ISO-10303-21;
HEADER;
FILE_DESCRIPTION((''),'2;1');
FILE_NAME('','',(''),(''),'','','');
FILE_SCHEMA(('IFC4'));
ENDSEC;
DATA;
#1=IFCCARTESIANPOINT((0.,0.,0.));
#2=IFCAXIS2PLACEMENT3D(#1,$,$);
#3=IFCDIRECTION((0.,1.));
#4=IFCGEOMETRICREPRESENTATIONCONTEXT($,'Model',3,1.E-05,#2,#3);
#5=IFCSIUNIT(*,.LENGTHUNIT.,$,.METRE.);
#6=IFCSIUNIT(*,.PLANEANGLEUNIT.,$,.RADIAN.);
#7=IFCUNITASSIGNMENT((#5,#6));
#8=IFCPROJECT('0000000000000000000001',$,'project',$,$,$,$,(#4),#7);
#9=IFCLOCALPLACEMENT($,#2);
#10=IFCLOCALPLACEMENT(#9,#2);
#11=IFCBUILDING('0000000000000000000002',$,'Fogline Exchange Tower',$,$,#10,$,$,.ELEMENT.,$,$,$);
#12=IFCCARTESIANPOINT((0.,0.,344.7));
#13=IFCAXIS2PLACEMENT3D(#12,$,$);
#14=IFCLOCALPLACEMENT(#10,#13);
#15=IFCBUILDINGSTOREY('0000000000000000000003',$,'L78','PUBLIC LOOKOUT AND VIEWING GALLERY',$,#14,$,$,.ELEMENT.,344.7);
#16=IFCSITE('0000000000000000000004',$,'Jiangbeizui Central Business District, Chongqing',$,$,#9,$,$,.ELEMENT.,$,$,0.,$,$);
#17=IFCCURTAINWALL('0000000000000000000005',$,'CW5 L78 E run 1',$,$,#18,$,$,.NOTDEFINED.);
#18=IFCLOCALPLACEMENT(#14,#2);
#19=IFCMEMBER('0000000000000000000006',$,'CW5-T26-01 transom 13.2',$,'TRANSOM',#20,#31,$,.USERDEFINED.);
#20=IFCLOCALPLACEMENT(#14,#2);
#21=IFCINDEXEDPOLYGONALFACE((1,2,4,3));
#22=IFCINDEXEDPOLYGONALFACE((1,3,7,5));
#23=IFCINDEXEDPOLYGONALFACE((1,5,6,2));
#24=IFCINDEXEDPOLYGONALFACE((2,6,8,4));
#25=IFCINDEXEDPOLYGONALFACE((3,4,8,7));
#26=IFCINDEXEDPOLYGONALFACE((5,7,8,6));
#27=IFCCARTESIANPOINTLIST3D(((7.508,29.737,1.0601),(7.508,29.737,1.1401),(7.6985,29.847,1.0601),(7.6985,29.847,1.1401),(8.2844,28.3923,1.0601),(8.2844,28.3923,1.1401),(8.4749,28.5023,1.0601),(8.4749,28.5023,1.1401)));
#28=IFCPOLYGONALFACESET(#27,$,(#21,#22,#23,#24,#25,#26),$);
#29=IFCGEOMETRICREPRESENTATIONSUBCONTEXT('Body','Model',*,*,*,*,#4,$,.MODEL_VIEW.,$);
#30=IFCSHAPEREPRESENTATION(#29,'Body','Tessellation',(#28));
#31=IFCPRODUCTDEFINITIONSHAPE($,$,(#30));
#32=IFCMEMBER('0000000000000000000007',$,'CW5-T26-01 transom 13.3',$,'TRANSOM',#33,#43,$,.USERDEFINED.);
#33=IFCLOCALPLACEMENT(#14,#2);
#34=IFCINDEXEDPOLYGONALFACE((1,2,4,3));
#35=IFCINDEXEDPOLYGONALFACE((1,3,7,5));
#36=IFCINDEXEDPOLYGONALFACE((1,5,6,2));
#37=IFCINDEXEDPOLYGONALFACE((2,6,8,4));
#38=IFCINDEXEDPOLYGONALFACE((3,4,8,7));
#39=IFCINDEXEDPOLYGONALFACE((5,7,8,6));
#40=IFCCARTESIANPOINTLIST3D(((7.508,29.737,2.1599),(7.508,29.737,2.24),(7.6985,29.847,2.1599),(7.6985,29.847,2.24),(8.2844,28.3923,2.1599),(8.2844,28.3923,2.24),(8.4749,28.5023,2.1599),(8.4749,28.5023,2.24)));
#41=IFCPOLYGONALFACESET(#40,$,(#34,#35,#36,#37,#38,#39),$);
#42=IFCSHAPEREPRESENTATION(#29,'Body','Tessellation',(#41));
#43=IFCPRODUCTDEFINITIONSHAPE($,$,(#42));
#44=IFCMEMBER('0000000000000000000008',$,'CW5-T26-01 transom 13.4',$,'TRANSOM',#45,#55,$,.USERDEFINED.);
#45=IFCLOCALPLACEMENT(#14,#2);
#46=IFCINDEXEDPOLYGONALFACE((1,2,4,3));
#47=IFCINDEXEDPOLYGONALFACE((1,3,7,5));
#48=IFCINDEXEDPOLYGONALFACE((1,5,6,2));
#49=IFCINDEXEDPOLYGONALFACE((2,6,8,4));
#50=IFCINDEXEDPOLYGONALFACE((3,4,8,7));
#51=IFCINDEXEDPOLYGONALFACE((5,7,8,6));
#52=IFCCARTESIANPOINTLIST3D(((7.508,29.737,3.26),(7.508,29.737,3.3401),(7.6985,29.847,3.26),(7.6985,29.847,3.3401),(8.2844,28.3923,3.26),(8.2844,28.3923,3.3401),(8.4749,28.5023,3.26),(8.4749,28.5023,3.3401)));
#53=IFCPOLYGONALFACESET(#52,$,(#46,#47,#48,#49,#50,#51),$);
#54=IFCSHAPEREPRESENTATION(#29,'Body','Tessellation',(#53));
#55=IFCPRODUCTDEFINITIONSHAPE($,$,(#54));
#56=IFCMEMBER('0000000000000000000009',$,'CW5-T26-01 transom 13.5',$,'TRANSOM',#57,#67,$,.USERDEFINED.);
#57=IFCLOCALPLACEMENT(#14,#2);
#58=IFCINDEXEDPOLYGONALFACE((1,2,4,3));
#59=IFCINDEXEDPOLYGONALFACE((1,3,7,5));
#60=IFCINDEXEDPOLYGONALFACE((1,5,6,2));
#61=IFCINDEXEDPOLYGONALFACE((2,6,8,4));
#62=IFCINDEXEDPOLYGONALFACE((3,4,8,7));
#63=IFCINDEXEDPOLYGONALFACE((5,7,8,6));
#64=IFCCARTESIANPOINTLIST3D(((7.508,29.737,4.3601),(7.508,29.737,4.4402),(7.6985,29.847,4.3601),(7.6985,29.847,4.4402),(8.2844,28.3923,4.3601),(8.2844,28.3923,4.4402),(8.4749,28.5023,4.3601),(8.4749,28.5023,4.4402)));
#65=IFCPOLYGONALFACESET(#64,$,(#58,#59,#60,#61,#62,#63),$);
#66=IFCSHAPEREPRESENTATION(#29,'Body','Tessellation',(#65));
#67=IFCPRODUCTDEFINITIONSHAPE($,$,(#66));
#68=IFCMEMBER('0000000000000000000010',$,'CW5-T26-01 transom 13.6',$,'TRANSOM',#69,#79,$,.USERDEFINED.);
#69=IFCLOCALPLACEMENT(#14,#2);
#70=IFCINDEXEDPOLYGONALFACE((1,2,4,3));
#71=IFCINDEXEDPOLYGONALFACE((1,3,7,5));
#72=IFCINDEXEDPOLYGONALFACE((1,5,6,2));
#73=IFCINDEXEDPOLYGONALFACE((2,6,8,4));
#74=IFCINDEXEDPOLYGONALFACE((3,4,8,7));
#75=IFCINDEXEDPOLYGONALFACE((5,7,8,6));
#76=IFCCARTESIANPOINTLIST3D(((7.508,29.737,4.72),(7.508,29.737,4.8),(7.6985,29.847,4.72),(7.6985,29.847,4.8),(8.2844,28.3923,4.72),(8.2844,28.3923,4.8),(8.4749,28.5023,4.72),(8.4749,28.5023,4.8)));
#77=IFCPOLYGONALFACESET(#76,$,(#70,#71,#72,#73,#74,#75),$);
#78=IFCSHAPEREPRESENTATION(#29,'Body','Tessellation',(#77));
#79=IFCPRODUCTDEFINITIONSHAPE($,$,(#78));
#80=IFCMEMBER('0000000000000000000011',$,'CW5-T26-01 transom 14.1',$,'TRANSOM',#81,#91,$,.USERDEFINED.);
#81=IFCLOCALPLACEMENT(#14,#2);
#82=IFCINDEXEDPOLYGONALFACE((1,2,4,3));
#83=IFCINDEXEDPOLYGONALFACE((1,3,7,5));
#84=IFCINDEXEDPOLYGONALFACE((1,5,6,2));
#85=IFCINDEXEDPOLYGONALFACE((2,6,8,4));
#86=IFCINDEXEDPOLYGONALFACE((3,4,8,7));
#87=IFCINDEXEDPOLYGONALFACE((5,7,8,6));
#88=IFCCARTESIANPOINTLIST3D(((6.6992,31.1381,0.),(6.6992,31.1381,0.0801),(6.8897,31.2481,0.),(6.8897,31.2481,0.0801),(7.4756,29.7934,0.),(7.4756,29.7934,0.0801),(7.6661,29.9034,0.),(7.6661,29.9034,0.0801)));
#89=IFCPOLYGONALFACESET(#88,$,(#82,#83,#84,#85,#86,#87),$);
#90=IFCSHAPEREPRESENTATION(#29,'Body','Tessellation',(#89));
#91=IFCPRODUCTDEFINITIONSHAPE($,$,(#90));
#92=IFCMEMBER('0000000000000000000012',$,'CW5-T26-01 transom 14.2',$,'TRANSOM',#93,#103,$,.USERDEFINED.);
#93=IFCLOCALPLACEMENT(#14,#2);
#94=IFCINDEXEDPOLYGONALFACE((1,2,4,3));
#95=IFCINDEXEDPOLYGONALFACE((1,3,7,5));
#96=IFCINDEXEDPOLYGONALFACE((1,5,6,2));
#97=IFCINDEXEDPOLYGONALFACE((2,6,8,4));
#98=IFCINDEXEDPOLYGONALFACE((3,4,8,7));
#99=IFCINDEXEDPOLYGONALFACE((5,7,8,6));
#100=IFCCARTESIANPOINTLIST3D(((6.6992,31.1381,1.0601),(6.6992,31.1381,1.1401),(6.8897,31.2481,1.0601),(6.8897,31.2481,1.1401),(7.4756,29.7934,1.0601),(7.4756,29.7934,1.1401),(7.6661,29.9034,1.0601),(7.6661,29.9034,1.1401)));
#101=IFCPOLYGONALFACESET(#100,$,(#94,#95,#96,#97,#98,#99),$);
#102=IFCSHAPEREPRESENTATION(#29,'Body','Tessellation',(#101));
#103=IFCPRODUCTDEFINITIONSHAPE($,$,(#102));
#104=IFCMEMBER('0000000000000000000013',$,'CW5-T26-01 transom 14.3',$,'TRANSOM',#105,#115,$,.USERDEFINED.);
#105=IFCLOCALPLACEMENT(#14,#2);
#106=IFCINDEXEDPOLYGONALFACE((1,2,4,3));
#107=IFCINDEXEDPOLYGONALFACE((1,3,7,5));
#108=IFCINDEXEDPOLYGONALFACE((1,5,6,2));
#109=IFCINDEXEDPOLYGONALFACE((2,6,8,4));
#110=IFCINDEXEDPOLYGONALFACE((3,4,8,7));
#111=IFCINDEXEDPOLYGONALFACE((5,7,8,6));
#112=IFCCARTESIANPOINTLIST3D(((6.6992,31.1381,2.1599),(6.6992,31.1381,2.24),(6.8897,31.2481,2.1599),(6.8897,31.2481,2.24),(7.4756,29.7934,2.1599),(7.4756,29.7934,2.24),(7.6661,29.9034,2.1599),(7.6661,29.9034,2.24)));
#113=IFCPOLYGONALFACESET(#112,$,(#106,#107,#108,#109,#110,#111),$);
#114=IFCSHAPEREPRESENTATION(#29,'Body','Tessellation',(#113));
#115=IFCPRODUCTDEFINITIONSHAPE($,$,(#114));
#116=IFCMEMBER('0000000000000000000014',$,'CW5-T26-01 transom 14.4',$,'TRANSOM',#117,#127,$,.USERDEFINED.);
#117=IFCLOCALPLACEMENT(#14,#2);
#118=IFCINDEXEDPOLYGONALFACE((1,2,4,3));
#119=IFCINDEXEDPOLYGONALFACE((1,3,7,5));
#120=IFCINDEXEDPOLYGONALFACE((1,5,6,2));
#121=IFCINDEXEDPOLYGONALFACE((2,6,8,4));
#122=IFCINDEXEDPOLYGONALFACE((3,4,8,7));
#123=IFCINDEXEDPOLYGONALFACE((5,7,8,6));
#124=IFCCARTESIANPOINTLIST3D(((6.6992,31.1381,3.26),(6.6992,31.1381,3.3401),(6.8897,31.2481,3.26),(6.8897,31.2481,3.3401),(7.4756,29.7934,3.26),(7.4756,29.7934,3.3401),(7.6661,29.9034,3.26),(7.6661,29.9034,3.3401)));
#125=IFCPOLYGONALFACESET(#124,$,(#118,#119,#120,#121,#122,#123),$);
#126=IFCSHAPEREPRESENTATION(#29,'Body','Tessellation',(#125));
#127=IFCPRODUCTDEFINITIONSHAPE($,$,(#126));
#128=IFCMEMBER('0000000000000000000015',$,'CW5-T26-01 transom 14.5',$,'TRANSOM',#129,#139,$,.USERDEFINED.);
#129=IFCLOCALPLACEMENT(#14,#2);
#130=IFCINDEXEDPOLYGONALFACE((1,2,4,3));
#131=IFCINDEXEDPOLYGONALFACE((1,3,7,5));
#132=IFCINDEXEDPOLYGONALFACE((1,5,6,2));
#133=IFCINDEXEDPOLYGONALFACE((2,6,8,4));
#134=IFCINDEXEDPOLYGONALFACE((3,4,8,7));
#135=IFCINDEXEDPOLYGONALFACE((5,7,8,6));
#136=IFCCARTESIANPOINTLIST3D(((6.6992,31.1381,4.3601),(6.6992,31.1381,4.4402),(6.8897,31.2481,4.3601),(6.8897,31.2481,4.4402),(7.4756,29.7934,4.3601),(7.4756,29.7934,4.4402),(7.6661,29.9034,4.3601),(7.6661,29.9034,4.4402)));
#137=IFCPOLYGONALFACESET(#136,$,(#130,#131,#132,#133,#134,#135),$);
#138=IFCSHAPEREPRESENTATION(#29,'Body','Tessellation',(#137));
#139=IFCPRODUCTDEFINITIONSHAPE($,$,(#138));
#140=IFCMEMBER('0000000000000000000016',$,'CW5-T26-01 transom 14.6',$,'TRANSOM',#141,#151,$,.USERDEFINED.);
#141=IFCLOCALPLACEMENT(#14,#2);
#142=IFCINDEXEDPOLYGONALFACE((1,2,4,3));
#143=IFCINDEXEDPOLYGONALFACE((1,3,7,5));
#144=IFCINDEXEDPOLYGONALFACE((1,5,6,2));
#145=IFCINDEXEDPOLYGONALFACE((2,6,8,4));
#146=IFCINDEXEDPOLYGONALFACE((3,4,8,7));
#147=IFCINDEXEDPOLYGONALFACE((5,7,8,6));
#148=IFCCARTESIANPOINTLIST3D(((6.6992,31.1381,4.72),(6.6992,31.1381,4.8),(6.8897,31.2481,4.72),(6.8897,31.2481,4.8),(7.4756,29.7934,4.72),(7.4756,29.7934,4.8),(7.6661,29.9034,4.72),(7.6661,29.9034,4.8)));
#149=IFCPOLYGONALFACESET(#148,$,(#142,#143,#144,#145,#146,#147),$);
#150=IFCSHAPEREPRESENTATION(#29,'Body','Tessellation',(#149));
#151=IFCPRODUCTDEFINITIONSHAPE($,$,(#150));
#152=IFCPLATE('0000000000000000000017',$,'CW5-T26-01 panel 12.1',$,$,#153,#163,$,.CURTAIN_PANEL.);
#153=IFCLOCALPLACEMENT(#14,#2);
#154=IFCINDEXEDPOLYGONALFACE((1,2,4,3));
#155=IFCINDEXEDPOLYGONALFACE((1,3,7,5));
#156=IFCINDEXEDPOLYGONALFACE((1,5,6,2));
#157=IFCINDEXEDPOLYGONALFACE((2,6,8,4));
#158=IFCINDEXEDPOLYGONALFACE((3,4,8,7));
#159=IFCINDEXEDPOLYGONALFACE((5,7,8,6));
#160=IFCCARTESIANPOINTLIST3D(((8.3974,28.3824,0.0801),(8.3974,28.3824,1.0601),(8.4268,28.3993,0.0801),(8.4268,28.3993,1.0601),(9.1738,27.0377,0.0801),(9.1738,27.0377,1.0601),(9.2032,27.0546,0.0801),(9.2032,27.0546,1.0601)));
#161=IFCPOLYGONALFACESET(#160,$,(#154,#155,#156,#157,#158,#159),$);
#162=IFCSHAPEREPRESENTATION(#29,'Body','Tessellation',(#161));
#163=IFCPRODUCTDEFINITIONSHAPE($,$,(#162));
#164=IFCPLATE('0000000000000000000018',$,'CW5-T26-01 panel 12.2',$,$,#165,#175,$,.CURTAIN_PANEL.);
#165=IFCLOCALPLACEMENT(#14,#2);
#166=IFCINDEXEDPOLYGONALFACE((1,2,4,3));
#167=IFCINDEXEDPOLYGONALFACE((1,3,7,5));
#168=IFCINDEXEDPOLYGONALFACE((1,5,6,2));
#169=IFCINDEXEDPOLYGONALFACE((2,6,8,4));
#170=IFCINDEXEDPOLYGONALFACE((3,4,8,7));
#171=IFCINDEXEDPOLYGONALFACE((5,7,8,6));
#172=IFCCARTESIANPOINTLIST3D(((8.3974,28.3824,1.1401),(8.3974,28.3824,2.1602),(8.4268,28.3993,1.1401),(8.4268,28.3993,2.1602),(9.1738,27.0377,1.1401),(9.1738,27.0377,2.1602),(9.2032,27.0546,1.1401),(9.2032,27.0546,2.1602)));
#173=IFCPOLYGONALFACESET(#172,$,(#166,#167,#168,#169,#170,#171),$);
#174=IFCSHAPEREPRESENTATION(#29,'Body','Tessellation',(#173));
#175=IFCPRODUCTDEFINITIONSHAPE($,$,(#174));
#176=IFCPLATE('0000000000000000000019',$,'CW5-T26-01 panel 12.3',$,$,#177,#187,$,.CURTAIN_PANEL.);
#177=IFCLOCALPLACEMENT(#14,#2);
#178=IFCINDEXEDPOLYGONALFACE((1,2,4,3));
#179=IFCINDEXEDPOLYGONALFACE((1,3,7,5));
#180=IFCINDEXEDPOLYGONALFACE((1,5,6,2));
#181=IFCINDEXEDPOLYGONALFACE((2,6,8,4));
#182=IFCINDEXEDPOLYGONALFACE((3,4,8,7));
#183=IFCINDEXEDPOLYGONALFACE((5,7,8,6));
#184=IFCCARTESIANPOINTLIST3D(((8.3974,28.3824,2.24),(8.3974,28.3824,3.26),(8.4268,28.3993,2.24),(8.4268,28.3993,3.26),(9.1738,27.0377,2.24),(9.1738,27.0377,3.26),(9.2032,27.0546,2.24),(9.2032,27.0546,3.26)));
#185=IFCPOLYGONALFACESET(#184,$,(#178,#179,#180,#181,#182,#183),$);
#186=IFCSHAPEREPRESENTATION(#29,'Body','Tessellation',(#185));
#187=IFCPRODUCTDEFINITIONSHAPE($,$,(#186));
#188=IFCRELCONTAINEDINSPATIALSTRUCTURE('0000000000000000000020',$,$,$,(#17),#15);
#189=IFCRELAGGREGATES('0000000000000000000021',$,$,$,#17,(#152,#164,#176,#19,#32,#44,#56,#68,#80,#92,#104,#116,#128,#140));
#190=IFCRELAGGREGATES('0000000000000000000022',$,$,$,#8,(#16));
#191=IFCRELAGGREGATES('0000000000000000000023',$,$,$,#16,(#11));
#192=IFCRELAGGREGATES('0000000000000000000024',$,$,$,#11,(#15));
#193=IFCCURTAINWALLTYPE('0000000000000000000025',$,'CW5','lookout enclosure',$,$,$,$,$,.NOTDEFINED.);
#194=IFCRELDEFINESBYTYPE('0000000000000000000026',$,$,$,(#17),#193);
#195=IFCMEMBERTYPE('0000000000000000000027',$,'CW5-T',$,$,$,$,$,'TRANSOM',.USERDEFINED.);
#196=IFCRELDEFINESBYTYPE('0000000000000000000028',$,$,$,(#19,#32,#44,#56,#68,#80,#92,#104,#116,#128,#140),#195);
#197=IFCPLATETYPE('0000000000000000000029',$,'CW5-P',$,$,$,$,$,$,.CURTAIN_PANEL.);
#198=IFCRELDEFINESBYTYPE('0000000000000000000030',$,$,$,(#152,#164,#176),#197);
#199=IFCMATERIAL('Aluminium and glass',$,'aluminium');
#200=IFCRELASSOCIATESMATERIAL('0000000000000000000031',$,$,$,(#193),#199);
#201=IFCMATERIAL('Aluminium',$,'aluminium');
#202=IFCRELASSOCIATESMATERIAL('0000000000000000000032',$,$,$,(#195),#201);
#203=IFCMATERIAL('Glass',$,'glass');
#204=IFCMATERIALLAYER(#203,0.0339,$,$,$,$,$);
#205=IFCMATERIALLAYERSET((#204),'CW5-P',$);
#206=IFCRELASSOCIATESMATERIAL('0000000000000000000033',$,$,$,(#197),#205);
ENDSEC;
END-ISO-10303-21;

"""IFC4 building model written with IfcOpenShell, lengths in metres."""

from ifc_helpers import new_model, si_unit, direction, frame, origin, origin_2d, place, context, subcontext, project, spatial, rectangle, extrude, material, layer, layer_set, material_profile, profile_set, type_object, element, aggregate, save


model = new_model("IFC4")

# Units and contexts
model_context = context("Model", 3, precision=1e-05, world=origin(), true_north=direction((0.0, 1.0)))
body_context = subcontext(model_context, "Body", "Model", "MODEL_VIEW")
ifc_project = project(units=[si_unit("LENGTHUNIT", "METRE"), si_unit("PLANEANGLEUNIT", "RADIAN")], contexts=[model_context])

# Site, building, storey
site_placement = place(None, origin())
site = spatial("IfcSite", under=ifc_project, at=site_placement, Name="Jiangbeizui Central Business District, Chongqing", CompositionType="ELEMENT", RefElevation=0.0)
building_placement = place(site_placement, origin())
building = spatial("IfcBuilding", under=site, at=building_placement, Name="Fogline Exchange Tower", CompositionType="ELEMENT")
storey_placement = place(building_placement, frame((0.0, 0.0, 344.7)))
storey = spatial("IfcBuildingStorey", under=building, at=storey_placement, Name="L78", Description="PUBLIC LOOKOUT AND VIEWING GALLERY", CompositionType="ELEMENT", Elevation=344.7)

# Curtain wall, members, plates
ifc_material_1 = material(Name="Aluminium and glass", Category="aluminium")
curtain_wall_type = type_object("IfcCurtainWallType", Name="CW5", Description="lookout enclosure", PredefinedType="NOTDEFINED", material=ifc_material_1)
curtain_wall_placement = place(storey_placement, origin())
curtain_wall = element("IfcCurtainWall", 1, at=curtain_wall_placement, inside=storey, type_object=curtain_wall_type, Name="CW5 L78 E run 1", PredefinedType="NOTDEFINED")
ifc_material_2 = material(Name="Aluminium", Category="aluminium")
ifc_material_profile_1 = material_profile(ifc_material_2, rectangle(XDim=0.22, YDim=0.0801, at=origin_2d()), Name="Transom 80x220")
ifc_profile_set_1 = profile_set([ifc_material_profile_1], Name="Aluminium")
member_type_1 = type_object("IfcMemberType", Name="CW5-T", ElementType="TRANSOM", PredefinedType="USERDEFINED", material=ifc_profile_set_1)
member_1_placement = place(storey_placement, frame((8.3796, 28.4473, 1.1001), z_axis=(-0.499995, 0.866028, 0.0), x_axis=(-0.866028, -0.499995, 0.0)))
member_1 = element("IfcMember", 2, at=member_1_placement, type_object=member_type_1, Name="CW5-T26-01 transom 13.2", ObjectType="TRANSOM", PredefinedType="USERDEFINED", context=body_context, shape_type="SweptSolid", body=[
    extrude(rectangle(XDim=0.22, YDim=0.0801, at=origin_2d()), origin(), (0.0, 0.0, 1.0), 1.5527),
])
member_2_placement = place(storey_placement, frame((8.3796, 28.4473, 2.2), z_axis=(-0.499995, 0.866028, 0.0), x_axis=(-0.866028, -0.499995, 0.0)))
member_2 = element("IfcMember", 3, at=member_2_placement, type_object=member_type_1, Name="CW5-T26-01 transom 13.3", ObjectType="TRANSOM", PredefinedType="USERDEFINED", context=body_context, shape_type="SweptSolid", body=[
    extrude(rectangle(XDim=0.22, YDim=0.0801, at=origin_2d()), origin(), (0.0, 0.0, 1.0), 1.5527),
])
member_3_placement = place(storey_placement, frame((8.3796, 28.4473, 3.3), z_axis=(-0.499995, 0.866028, 0.0), x_axis=(-0.866028, -0.499995, 0.0)))
member_3 = element("IfcMember", 4, at=member_3_placement, type_object=member_type_1, Name="CW5-T26-01 transom 13.4", ObjectType="TRANSOM", PredefinedType="USERDEFINED", context=body_context, shape_type="SweptSolid", body=[
    extrude(rectangle(XDim=0.22, YDim=0.0801, at=origin_2d()), origin(), (0.0, 0.0, 1.0), 1.5527),
])
member_4_placement = place(storey_placement, frame((8.3796, 28.4473, 4.4001), z_axis=(-0.499995, 0.866028, 0.0), x_axis=(-0.866028, -0.499995, 0.0)))
member_4 = element("IfcMember", 5, at=member_4_placement, type_object=member_type_1, Name="CW5-T26-01 transom 13.5", ObjectType="TRANSOM", PredefinedType="USERDEFINED", context=body_context, shape_type="SweptSolid", body=[
    extrude(rectangle(XDim=0.22, YDim=0.0801, at=origin_2d()), origin(), (0.0, 0.0, 1.0), 1.5527),
])
member_5_placement = place(storey_placement, frame((8.3796, 28.4473, 4.76), z_axis=(-0.499995, 0.866028, 0.0), x_axis=(-0.866028, -0.499995, 0.0)))
member_5 = element("IfcMember", 6, at=member_5_placement, type_object=member_type_1, Name="CW5-T26-01 transom 13.6", ObjectType="TRANSOM", PredefinedType="USERDEFINED", context=body_context, shape_type="SweptSolid", body=[
    extrude(rectangle(XDim=0.22, YDim=0.0801, at=origin_2d()), origin(), (0.0, 0.0, 1.0), 1.5527),
])
member_6_placement = place(storey_placement, frame((7.5708, 29.8484, 0.04), z_axis=(-0.499995, 0.866028, 0.0), x_axis=(-0.866028, -0.499995, 0.0)))
member_6 = element("IfcMember", 7, at=member_6_placement, type_object=member_type_1, Name="CW5-T26-01 transom 14.1", ObjectType="TRANSOM", PredefinedType="USERDEFINED", context=body_context, shape_type="SweptSolid", body=[
    extrude(rectangle(XDim=0.22, YDim=0.0801, at=origin_2d()), origin(), (0.0, 0.0, 1.0), 1.5527),
])
member_7_placement = place(storey_placement, frame((7.5708, 29.8484, 1.1001), z_axis=(-0.499995, 0.866028, 0.0), x_axis=(-0.866028, -0.499995, 0.0)))
member_7 = element("IfcMember", 8, at=member_7_placement, type_object=member_type_1, Name="CW5-T26-01 transom 14.2", ObjectType="TRANSOM", PredefinedType="USERDEFINED", context=body_context, shape_type="SweptSolid", body=[
    extrude(rectangle(XDim=0.22, YDim=0.0801, at=origin_2d()), origin(), (0.0, 0.0, 1.0), 1.5527),
])
member_8_placement = place(storey_placement, frame((7.5708, 29.8484, 2.2), z_axis=(-0.499995, 0.866028, 0.0), x_axis=(-0.866028, -0.499995, 0.0)))
member_8 = element("IfcMember", 9, at=member_8_placement, type_object=member_type_1, Name="CW5-T26-01 transom 14.3", ObjectType="TRANSOM", PredefinedType="USERDEFINED", context=body_context, shape_type="SweptSolid", body=[
    extrude(rectangle(XDim=0.22, YDim=0.0801, at=origin_2d()), origin(), (0.0, 0.0, 1.0), 1.5527),
])
member_9_placement = place(storey_placement, frame((7.5708, 29.8484, 3.3), z_axis=(-0.499995, 0.866028, 0.0), x_axis=(-0.866028, -0.499995, 0.0)))
member_9 = element("IfcMember", 10, at=member_9_placement, type_object=member_type_1, Name="CW5-T26-01 transom 14.4", ObjectType="TRANSOM", PredefinedType="USERDEFINED", context=body_context, shape_type="SweptSolid", body=[
    extrude(rectangle(XDim=0.22, YDim=0.0801, at=origin_2d()), origin(), (0.0, 0.0, 1.0), 1.5527),
])
member_10_placement = place(storey_placement, frame((7.5708, 29.8484, 4.4001), z_axis=(-0.499995, 0.866028, 0.0), x_axis=(-0.866028, -0.499995, 0.0)))
member_10 = element("IfcMember", 11, at=member_10_placement, type_object=member_type_1, Name="CW5-T26-01 transom 14.5", ObjectType="TRANSOM", PredefinedType="USERDEFINED", context=body_context, shape_type="SweptSolid", body=[
    extrude(rectangle(XDim=0.22, YDim=0.0801, at=origin_2d()), origin(), (0.0, 0.0, 1.0), 1.5527),
])
member_11_placement = place(storey_placement, frame((7.5708, 29.8484, 4.76), z_axis=(-0.499995, 0.866028, 0.0), x_axis=(-0.866028, -0.499995, 0.0)))
member_11 = element("IfcMember", 12, at=member_11_placement, type_object=member_type_1, Name="CW5-T26-01 transom 14.6", ObjectType="TRANSOM", PredefinedType="USERDEFINED", context=body_context, shape_type="SweptSolid", body=[
    extrude(rectangle(XDim=0.22, YDim=0.0801, at=origin_2d()), origin(), (0.0, 0.0, 1.0), 1.5527),
])
ifc_material_3 = material(Name="Glass", Category="glass")
ifc_layer = layer(ifc_material_3, 0.0339)
ifc_layer_set = layer_set([ifc_layer], Name="CW5-P")
plate_type = type_object("IfcPlateType", Name="CW5-P", PredefinedType="CURTAIN_PANEL", material=ifc_layer_set)
plate_1_placement = place(storey_placement, frame((8.8003, 27.7185, 0.0801), z_axis=(0.0, 0.0, 1.0), x_axis=(-0.5, 0.866025, 0.0)))
plate_1 = element("IfcPlate", 13, at=plate_1_placement, type_object=plate_type, Name="CW5-T26-01 panel 12.1", PredefinedType="CURTAIN_PANEL", context=body_context, shape_type="SweptSolid", body=[
    extrude(rectangle(XDim=1.5527, YDim=0.0339, at=origin_2d()), origin(), (0.0, 0.0, 1.0), 0.98),
])
plate_2_placement = place(storey_placement, frame((8.8003, 27.7185, 1.1401), z_axis=(0.0, 0.0, 1.0), x_axis=(-0.5, 0.866025, 0.0)))
plate_2 = element("IfcPlate", 14, at=plate_2_placement, type_object=plate_type, Name="CW5-T26-01 panel 12.2", PredefinedType="CURTAIN_PANEL", context=body_context, shape_type="SweptSolid", body=[
    extrude(rectangle(XDim=1.5527, YDim=0.0339, at=origin_2d()), origin(), (0.0, 0.0, 1.0), 1.02),
])
plate_3_placement = place(storey_placement, frame((8.8003, 27.7185, 2.24), z_axis=(0.0, 0.0, 1.0), x_axis=(-0.5, 0.866025, 0.0)))
plate_3 = element("IfcPlate", 15, at=plate_3_placement, type_object=plate_type, Name="CW5-T26-01 panel 12.3", PredefinedType="CURTAIN_PANEL", context=body_context, shape_type="SweptSolid", body=[
    extrude(rectangle(XDim=1.5527, YDim=0.0339, at=origin_2d()), origin(), (0.0, 0.0, 1.0), 1.02),
])
aggregate(curtain_wall, [plate_1, plate_2, plate_3, member_1, member_2, member_3, member_4, member_5, member_6, member_7, member_8, member_9, member_10, member_11])

save(model, "model.ifc")
